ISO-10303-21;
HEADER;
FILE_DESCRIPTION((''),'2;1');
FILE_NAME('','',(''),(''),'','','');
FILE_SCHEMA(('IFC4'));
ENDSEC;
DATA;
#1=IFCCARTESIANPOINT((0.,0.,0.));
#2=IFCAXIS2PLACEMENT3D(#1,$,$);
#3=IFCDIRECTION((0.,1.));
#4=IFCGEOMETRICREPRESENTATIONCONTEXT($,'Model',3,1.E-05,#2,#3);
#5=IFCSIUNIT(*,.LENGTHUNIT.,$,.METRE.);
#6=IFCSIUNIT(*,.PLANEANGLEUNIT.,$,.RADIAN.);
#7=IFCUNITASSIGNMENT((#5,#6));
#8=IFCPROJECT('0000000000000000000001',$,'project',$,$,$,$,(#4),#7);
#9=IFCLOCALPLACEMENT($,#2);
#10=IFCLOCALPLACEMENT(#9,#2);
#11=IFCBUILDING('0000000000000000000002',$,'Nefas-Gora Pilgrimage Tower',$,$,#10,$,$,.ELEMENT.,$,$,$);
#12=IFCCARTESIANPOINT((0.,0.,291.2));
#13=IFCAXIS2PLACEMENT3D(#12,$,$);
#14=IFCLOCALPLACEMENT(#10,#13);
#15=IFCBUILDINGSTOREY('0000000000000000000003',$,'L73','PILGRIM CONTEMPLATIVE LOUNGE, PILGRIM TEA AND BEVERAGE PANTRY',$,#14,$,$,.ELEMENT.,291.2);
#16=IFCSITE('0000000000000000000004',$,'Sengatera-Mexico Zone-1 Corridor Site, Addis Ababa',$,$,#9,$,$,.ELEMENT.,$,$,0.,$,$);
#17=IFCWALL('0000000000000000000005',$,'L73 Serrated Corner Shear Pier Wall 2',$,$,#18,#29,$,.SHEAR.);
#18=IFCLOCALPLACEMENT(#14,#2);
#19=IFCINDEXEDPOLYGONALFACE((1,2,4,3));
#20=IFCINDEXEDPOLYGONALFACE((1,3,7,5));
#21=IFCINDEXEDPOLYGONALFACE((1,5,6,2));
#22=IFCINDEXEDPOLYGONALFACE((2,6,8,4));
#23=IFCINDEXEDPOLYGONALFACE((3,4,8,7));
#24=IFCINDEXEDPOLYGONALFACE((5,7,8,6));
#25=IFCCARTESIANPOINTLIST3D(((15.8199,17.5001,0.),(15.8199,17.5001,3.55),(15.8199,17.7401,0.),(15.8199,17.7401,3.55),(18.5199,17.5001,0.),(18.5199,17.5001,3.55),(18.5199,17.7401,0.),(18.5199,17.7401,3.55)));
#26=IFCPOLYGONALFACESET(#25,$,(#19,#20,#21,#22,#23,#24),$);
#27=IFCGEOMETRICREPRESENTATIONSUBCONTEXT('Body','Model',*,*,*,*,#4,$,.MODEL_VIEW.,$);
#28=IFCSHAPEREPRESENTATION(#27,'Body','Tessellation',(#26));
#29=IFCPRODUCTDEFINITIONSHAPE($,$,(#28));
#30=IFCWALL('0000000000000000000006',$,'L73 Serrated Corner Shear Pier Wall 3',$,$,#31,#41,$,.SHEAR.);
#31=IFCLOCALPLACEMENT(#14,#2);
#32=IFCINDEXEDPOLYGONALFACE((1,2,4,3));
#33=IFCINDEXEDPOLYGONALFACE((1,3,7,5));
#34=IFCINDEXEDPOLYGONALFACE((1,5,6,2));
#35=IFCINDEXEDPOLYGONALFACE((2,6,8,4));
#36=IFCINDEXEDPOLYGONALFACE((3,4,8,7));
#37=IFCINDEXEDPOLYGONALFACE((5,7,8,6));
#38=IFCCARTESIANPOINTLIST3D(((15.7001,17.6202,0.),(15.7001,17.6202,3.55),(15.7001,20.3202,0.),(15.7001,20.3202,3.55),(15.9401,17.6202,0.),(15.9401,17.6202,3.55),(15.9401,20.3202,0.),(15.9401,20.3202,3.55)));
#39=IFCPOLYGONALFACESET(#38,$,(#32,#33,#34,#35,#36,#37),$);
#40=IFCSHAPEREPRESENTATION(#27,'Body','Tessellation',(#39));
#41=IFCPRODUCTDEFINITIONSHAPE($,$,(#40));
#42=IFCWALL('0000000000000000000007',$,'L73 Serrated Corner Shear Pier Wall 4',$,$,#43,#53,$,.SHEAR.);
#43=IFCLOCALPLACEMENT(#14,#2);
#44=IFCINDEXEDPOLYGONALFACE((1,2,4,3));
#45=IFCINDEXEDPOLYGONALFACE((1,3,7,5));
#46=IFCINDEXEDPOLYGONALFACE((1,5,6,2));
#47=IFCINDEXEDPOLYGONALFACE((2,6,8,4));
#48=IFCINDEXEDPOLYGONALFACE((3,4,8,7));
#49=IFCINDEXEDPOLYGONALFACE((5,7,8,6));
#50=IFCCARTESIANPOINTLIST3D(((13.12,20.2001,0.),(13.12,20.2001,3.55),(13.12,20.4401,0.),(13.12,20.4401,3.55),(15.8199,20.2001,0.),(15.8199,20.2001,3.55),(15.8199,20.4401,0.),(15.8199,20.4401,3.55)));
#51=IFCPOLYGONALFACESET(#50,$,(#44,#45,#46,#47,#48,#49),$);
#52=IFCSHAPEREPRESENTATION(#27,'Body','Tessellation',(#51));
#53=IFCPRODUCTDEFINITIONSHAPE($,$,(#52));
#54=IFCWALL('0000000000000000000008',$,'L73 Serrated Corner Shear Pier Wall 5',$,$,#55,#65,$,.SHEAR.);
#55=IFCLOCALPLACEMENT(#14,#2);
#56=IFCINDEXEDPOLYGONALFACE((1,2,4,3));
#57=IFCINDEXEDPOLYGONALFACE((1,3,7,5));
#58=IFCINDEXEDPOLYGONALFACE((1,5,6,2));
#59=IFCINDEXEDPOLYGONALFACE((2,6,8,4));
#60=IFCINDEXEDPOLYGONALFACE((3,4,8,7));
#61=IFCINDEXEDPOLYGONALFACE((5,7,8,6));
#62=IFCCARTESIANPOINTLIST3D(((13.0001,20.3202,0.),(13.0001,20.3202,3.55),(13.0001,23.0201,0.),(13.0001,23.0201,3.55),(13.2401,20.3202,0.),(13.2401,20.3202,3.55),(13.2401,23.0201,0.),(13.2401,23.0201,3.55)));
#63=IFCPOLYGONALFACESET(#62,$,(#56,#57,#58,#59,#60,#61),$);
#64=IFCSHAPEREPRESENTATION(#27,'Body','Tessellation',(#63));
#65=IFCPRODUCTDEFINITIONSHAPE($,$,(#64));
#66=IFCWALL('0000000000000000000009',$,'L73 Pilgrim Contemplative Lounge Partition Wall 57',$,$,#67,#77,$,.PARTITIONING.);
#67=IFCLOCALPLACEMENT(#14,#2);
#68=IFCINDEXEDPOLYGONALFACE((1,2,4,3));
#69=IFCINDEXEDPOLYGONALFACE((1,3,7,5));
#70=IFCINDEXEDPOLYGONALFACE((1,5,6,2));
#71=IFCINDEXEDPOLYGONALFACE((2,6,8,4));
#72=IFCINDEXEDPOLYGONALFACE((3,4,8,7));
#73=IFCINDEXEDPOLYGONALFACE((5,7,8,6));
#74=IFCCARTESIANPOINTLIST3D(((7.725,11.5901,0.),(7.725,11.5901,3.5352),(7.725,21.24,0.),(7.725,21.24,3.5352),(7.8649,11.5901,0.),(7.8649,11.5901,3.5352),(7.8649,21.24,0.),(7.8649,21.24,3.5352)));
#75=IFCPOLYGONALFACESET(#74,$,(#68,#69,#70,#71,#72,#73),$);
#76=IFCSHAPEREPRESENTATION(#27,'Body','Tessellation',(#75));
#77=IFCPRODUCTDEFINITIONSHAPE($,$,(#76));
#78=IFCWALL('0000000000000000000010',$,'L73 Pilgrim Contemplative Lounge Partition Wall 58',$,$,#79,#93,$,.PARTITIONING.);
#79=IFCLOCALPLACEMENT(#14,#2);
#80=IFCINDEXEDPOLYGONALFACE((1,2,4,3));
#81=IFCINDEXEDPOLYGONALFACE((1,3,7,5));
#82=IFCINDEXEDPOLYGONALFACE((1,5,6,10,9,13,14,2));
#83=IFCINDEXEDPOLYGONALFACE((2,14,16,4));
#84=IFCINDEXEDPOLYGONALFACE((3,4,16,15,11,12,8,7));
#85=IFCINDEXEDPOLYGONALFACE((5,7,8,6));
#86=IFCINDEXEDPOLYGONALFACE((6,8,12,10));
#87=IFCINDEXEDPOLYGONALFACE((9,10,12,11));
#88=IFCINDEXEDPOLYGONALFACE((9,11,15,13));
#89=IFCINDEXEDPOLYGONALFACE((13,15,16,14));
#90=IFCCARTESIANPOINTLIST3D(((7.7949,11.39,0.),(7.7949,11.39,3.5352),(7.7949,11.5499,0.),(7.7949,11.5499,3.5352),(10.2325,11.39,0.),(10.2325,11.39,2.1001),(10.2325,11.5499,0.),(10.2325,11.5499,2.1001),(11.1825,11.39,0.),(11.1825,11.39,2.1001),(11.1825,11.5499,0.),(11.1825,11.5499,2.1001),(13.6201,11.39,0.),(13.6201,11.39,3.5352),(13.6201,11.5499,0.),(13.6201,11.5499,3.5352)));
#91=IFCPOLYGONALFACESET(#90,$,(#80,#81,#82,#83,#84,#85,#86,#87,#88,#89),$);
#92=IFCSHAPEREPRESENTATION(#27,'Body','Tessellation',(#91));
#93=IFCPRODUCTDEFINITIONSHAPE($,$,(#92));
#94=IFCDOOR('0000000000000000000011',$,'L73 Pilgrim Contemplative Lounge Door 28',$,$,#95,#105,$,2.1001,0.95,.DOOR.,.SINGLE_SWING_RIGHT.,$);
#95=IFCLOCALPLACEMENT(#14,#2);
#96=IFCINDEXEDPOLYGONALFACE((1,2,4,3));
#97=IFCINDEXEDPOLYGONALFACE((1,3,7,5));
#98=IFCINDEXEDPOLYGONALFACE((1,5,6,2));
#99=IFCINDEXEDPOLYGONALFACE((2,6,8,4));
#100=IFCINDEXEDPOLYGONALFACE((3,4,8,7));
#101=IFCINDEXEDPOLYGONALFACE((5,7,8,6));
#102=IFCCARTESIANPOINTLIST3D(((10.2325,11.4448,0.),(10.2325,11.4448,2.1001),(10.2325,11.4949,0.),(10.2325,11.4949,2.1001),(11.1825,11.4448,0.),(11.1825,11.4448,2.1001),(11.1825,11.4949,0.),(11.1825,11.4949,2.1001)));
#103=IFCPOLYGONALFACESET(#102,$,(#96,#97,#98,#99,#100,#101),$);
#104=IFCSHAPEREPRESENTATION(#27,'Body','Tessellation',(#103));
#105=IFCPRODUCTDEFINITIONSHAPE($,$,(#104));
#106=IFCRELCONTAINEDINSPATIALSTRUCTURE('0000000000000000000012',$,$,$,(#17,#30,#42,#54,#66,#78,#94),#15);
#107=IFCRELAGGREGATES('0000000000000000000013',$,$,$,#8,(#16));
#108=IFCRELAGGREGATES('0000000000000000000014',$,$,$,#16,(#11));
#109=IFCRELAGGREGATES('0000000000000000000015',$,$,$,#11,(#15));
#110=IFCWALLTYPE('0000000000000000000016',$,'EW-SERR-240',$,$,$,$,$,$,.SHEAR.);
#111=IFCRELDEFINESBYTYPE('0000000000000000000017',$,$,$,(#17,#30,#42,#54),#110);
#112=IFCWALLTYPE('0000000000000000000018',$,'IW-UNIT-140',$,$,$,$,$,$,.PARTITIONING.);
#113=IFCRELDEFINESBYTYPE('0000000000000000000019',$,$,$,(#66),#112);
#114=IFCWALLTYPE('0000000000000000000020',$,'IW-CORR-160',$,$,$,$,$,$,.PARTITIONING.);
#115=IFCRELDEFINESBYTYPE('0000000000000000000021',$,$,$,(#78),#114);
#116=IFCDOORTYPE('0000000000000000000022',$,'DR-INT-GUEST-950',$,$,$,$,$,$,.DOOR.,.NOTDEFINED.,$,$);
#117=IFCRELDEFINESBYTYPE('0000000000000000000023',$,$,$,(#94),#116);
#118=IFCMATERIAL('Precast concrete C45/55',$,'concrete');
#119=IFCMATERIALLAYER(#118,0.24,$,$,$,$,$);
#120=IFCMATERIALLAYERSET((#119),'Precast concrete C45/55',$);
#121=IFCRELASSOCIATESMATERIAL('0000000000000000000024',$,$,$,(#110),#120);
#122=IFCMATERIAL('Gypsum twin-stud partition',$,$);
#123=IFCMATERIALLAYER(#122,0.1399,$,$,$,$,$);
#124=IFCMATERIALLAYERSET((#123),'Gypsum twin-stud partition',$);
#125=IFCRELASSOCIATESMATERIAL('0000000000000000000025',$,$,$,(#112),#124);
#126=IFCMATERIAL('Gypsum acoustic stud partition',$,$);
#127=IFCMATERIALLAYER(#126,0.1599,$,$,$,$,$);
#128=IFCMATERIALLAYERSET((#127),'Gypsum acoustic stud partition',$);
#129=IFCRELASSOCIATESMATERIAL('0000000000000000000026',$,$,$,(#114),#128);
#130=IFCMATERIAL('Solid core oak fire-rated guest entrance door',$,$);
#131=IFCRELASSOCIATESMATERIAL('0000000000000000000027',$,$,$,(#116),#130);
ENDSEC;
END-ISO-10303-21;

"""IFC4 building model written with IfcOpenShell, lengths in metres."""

from ifc_helpers import new_model, si_unit, direction, frame, frame_2d, origin, place, context, subcontext, project, spatial, rectangle, extrude, source, transform, mapped, material, layer, layer_set, type_object, element, fill, save


model = new_model("IFC4")

# Units and contexts
model_context = context("Model", 3, precision=1e-05, world=origin(), true_north=direction((0.0, 1.0)))
body_context = subcontext(model_context, "Body", "Model", "MODEL_VIEW")
ifc_project = project(units=[si_unit("LENGTHUNIT", "METRE"), si_unit("PLANEANGLEUNIT", "RADIAN")], contexts=[model_context])

# Site, building, storey
site_placement = place(None, origin())
site = spatial("IfcSite", under=ifc_project, at=site_placement, Name="Sengatera-Mexico Zone-1 Corridor Site, Addis Ababa", CompositionType="ELEMENT", RefElevation=0.0)
building_placement = place(site_placement, origin())
building = spatial("IfcBuilding", under=site, at=building_placement, Name="Nefas-Gora Pilgrimage Tower", CompositionType="ELEMENT")
storey_placement = place(building_placement, frame((0.0, 0.0, 291.2)))
storey = spatial("IfcBuildingStorey", under=building, at=storey_placement, Name="L73", Description="PILGRIM CONTEMPLATIVE LOUNGE, PILGRIM TEA AND BEVERAGE PANTRY", CompositionType="ELEMENT", Elevation=291.2)

# Walls
ifc_material_1 = material(Name="Precast concrete C45/55", Category="concrete")
ifc_layer_1 = layer(ifc_material_1, 0.24)
ifc_layer_set_1 = layer_set([ifc_layer_1], Name="Precast concrete C45/55")
wall_type_1 = type_object("IfcWallType", Name="EW-SERR-240", PredefinedType="SHEAR", material=ifc_layer_set_1)
shared_shape_1 = source(origin(), body_context, "Body", "SweptSolid", [
    extrude(rectangle(XDim=2.7, YDim=0.24, at=frame_2d((1.3501, 0.0))), origin(), (0.0, 0.0, 1.0), 3.55),
])
for number, where, z_axis, x_axis, name in (
    (1, (18.52, 17.6201, 0.0), (0.0, 0.0, 1.0), (-1.0, 0.0, 0.0), "L73 Serrated Corner Shear Pier Wall 2"),
    (2, (15.8201, 17.6201, 0.0), (0.0, 0.0, 1.0), (0.0, 1.0, 0.0), "L73 Serrated Corner Shear Pier Wall 3"),
    (3, (15.8201, 20.3201, 0.0), (0.0, 0.0, 1.0), (-1.0, 0.0, 0.0), "L73 Serrated Corner Shear Pier Wall 4"),
    (4, (13.1201, 20.3201, 0.0), (0.0, 0.0, 1.0), (0.0, 1.0, 0.0), "L73 Serrated Corner Shear Pier Wall 5"),
):
    element("IfcWall", number, at=place(storey_placement, frame(where, z_axis=z_axis, x_axis=x_axis)), inside=storey, type_object=wall_type_1, Name=name, PredefinedType="SHEAR", context=body_context, shape_type="MappedRepresentation", body=[
        mapped(shared_shape_1, transform((0.0, 0.0, 0.0), x_axis=(1.0, 0.0, 0.0), y_axis=(0.0, 1.0, 0.0), z_axis=(0.0, 0.0, 1.0), scale=1.0)),
    ])
ifc_material_2 = material(Name="Gypsum twin-stud partition")
ifc_layer_2 = layer(ifc_material_2, 0.1399)
ifc_layer_set_2 = layer_set([ifc_layer_2], Name="Gypsum twin-stud partition")
wall_type_2 = type_object("IfcWallType", Name="IW-UNIT-140", PredefinedType="PARTITIONING", material=ifc_layer_set_2)
shared_shape_2 = source(origin(), body_context, "Body", "SweptSolid", [
    extrude(rectangle(XDim=9.6499, YDim=0.1399, at=frame_2d((4.825, 0.0))), origin(), (0.0, 0.0, 1.0), 3.5352),
])
wall_1_placement = place(storey_placement, frame((7.7949, 11.5901, 0.0), z_axis=(0.0, 0.0, 1.0), x_axis=(0.0, 1.0, 0.0)))
element("IfcWall", 5, at=wall_1_placement, inside=storey, type_object=wall_type_2, Name="L73 Pilgrim Contemplative Lounge Partition Wall 57", PredefinedType="PARTITIONING", context=body_context, shape_type="MappedRepresentation", body=[
    mapped(shared_shape_2, transform((0.0, 0.0, 0.0), x_axis=(1.0, 0.0, 0.0), y_axis=(0.0, 1.0, 0.0), z_axis=(0.0, 0.0, 1.0), scale=1.0)),
])

# Wall, opening, door
ifc_material_3 = material(Name="Gypsum acoustic stud partition")
ifc_layer_3 = layer(ifc_material_3, 0.1599)
ifc_layer_set_3 = layer_set([ifc_layer_3], Name="Gypsum acoustic stud partition")
wall_type_3 = type_object("IfcWallType", Name="IW-CORR-160", PredefinedType="PARTITIONING", material=ifc_layer_set_3)
shared_shape_3 = source(origin(), body_context, "Body", "SweptSolid", [
    extrude(rectangle(XDim=5.8252, YDim=0.1599, at=frame_2d((2.9126, 0.0))), origin(), (0.0, 0.0, 1.0), 3.5352),
])
wall_2_placement = place(storey_placement, frame((7.7949, 11.47, 0.0), z_axis=(0.0, 0.0, 1.0), x_axis=(1.0, 0.0, 0.0)))
wall_2 = element("IfcWall", 6, at=wall_2_placement, inside=storey, type_object=wall_type_3, Name="L73 Pilgrim Contemplative Lounge Partition Wall 58", PredefinedType="PARTITIONING", context=body_context, shape_type="MappedRepresentation", body=[
    mapped(shared_shape_3, transform((0.0, 0.0, 0.0), x_axis=(1.0, 0.0, 0.0), y_axis=(0.0, 1.0, 0.0), z_axis=(0.0, 0.0, 1.0), scale=1.0)),
])
opening_placement = place(wall_2_placement, frame((2.4375, 0.0, 0.0)))
opening = element("IfcOpeningElement", 7, at=opening_placement, cuts=wall_2, PredefinedType="OPENING", context=body_context, shape_type="SweptSolid", body=[
    extrude(rectangle(XDim=0.95, YDim=2.1001, at=frame_2d((0.4751, 1.05))), frame((0.0, 0.0898, 0.0), z_axis=(0.0, -1.0, 0.0), x_axis=(1.0, 0.0, 0.0)), (0.0, 0.0, 1.0), 0.1799),
])
ifc_material_4 = material(Name="Solid core oak fire-rated guest entrance door")
door_type = type_object("IfcDoorType", Name="DR-INT-GUEST-950", OperationType="NOTDEFINED", PredefinedType="DOOR", material=ifc_material_4)
shared_shape_4 = source(origin(), body_context, "Body", "SweptSolid", [
    extrude(rectangle(XDim=0.95, YDim=2.1001, at=frame_2d((0.4751, 1.05))), frame((0.0, 0.0249, 0.0), z_axis=(0.0, -1.0, 0.0), x_axis=(1.0, 0.0, 0.0)), (0.0, 0.0, 1.0), 0.05),
])
door_placement = place(opening_placement, origin())
door = element("IfcDoor", 8, at=door_placement, inside=storey, type_object=door_type, Name="L73 Pilgrim Contemplative Lounge Door 28", OperationType="SINGLE_SWING_RIGHT", OverallHeight=2.1001, OverallWidth=0.95, PredefinedType="DOOR", context=body_context, shape_type="MappedRepresentation", body=[
    mapped(shared_shape_4, transform((0.0, 0.0, 0.0), x_axis=(1.0, 0.0, 0.0), y_axis=(0.0, 1.0, 0.0), z_axis=(0.0, 0.0, 1.0), scale=1.0)),
])
fill(opening, door)

save(model, "model.ifc")
